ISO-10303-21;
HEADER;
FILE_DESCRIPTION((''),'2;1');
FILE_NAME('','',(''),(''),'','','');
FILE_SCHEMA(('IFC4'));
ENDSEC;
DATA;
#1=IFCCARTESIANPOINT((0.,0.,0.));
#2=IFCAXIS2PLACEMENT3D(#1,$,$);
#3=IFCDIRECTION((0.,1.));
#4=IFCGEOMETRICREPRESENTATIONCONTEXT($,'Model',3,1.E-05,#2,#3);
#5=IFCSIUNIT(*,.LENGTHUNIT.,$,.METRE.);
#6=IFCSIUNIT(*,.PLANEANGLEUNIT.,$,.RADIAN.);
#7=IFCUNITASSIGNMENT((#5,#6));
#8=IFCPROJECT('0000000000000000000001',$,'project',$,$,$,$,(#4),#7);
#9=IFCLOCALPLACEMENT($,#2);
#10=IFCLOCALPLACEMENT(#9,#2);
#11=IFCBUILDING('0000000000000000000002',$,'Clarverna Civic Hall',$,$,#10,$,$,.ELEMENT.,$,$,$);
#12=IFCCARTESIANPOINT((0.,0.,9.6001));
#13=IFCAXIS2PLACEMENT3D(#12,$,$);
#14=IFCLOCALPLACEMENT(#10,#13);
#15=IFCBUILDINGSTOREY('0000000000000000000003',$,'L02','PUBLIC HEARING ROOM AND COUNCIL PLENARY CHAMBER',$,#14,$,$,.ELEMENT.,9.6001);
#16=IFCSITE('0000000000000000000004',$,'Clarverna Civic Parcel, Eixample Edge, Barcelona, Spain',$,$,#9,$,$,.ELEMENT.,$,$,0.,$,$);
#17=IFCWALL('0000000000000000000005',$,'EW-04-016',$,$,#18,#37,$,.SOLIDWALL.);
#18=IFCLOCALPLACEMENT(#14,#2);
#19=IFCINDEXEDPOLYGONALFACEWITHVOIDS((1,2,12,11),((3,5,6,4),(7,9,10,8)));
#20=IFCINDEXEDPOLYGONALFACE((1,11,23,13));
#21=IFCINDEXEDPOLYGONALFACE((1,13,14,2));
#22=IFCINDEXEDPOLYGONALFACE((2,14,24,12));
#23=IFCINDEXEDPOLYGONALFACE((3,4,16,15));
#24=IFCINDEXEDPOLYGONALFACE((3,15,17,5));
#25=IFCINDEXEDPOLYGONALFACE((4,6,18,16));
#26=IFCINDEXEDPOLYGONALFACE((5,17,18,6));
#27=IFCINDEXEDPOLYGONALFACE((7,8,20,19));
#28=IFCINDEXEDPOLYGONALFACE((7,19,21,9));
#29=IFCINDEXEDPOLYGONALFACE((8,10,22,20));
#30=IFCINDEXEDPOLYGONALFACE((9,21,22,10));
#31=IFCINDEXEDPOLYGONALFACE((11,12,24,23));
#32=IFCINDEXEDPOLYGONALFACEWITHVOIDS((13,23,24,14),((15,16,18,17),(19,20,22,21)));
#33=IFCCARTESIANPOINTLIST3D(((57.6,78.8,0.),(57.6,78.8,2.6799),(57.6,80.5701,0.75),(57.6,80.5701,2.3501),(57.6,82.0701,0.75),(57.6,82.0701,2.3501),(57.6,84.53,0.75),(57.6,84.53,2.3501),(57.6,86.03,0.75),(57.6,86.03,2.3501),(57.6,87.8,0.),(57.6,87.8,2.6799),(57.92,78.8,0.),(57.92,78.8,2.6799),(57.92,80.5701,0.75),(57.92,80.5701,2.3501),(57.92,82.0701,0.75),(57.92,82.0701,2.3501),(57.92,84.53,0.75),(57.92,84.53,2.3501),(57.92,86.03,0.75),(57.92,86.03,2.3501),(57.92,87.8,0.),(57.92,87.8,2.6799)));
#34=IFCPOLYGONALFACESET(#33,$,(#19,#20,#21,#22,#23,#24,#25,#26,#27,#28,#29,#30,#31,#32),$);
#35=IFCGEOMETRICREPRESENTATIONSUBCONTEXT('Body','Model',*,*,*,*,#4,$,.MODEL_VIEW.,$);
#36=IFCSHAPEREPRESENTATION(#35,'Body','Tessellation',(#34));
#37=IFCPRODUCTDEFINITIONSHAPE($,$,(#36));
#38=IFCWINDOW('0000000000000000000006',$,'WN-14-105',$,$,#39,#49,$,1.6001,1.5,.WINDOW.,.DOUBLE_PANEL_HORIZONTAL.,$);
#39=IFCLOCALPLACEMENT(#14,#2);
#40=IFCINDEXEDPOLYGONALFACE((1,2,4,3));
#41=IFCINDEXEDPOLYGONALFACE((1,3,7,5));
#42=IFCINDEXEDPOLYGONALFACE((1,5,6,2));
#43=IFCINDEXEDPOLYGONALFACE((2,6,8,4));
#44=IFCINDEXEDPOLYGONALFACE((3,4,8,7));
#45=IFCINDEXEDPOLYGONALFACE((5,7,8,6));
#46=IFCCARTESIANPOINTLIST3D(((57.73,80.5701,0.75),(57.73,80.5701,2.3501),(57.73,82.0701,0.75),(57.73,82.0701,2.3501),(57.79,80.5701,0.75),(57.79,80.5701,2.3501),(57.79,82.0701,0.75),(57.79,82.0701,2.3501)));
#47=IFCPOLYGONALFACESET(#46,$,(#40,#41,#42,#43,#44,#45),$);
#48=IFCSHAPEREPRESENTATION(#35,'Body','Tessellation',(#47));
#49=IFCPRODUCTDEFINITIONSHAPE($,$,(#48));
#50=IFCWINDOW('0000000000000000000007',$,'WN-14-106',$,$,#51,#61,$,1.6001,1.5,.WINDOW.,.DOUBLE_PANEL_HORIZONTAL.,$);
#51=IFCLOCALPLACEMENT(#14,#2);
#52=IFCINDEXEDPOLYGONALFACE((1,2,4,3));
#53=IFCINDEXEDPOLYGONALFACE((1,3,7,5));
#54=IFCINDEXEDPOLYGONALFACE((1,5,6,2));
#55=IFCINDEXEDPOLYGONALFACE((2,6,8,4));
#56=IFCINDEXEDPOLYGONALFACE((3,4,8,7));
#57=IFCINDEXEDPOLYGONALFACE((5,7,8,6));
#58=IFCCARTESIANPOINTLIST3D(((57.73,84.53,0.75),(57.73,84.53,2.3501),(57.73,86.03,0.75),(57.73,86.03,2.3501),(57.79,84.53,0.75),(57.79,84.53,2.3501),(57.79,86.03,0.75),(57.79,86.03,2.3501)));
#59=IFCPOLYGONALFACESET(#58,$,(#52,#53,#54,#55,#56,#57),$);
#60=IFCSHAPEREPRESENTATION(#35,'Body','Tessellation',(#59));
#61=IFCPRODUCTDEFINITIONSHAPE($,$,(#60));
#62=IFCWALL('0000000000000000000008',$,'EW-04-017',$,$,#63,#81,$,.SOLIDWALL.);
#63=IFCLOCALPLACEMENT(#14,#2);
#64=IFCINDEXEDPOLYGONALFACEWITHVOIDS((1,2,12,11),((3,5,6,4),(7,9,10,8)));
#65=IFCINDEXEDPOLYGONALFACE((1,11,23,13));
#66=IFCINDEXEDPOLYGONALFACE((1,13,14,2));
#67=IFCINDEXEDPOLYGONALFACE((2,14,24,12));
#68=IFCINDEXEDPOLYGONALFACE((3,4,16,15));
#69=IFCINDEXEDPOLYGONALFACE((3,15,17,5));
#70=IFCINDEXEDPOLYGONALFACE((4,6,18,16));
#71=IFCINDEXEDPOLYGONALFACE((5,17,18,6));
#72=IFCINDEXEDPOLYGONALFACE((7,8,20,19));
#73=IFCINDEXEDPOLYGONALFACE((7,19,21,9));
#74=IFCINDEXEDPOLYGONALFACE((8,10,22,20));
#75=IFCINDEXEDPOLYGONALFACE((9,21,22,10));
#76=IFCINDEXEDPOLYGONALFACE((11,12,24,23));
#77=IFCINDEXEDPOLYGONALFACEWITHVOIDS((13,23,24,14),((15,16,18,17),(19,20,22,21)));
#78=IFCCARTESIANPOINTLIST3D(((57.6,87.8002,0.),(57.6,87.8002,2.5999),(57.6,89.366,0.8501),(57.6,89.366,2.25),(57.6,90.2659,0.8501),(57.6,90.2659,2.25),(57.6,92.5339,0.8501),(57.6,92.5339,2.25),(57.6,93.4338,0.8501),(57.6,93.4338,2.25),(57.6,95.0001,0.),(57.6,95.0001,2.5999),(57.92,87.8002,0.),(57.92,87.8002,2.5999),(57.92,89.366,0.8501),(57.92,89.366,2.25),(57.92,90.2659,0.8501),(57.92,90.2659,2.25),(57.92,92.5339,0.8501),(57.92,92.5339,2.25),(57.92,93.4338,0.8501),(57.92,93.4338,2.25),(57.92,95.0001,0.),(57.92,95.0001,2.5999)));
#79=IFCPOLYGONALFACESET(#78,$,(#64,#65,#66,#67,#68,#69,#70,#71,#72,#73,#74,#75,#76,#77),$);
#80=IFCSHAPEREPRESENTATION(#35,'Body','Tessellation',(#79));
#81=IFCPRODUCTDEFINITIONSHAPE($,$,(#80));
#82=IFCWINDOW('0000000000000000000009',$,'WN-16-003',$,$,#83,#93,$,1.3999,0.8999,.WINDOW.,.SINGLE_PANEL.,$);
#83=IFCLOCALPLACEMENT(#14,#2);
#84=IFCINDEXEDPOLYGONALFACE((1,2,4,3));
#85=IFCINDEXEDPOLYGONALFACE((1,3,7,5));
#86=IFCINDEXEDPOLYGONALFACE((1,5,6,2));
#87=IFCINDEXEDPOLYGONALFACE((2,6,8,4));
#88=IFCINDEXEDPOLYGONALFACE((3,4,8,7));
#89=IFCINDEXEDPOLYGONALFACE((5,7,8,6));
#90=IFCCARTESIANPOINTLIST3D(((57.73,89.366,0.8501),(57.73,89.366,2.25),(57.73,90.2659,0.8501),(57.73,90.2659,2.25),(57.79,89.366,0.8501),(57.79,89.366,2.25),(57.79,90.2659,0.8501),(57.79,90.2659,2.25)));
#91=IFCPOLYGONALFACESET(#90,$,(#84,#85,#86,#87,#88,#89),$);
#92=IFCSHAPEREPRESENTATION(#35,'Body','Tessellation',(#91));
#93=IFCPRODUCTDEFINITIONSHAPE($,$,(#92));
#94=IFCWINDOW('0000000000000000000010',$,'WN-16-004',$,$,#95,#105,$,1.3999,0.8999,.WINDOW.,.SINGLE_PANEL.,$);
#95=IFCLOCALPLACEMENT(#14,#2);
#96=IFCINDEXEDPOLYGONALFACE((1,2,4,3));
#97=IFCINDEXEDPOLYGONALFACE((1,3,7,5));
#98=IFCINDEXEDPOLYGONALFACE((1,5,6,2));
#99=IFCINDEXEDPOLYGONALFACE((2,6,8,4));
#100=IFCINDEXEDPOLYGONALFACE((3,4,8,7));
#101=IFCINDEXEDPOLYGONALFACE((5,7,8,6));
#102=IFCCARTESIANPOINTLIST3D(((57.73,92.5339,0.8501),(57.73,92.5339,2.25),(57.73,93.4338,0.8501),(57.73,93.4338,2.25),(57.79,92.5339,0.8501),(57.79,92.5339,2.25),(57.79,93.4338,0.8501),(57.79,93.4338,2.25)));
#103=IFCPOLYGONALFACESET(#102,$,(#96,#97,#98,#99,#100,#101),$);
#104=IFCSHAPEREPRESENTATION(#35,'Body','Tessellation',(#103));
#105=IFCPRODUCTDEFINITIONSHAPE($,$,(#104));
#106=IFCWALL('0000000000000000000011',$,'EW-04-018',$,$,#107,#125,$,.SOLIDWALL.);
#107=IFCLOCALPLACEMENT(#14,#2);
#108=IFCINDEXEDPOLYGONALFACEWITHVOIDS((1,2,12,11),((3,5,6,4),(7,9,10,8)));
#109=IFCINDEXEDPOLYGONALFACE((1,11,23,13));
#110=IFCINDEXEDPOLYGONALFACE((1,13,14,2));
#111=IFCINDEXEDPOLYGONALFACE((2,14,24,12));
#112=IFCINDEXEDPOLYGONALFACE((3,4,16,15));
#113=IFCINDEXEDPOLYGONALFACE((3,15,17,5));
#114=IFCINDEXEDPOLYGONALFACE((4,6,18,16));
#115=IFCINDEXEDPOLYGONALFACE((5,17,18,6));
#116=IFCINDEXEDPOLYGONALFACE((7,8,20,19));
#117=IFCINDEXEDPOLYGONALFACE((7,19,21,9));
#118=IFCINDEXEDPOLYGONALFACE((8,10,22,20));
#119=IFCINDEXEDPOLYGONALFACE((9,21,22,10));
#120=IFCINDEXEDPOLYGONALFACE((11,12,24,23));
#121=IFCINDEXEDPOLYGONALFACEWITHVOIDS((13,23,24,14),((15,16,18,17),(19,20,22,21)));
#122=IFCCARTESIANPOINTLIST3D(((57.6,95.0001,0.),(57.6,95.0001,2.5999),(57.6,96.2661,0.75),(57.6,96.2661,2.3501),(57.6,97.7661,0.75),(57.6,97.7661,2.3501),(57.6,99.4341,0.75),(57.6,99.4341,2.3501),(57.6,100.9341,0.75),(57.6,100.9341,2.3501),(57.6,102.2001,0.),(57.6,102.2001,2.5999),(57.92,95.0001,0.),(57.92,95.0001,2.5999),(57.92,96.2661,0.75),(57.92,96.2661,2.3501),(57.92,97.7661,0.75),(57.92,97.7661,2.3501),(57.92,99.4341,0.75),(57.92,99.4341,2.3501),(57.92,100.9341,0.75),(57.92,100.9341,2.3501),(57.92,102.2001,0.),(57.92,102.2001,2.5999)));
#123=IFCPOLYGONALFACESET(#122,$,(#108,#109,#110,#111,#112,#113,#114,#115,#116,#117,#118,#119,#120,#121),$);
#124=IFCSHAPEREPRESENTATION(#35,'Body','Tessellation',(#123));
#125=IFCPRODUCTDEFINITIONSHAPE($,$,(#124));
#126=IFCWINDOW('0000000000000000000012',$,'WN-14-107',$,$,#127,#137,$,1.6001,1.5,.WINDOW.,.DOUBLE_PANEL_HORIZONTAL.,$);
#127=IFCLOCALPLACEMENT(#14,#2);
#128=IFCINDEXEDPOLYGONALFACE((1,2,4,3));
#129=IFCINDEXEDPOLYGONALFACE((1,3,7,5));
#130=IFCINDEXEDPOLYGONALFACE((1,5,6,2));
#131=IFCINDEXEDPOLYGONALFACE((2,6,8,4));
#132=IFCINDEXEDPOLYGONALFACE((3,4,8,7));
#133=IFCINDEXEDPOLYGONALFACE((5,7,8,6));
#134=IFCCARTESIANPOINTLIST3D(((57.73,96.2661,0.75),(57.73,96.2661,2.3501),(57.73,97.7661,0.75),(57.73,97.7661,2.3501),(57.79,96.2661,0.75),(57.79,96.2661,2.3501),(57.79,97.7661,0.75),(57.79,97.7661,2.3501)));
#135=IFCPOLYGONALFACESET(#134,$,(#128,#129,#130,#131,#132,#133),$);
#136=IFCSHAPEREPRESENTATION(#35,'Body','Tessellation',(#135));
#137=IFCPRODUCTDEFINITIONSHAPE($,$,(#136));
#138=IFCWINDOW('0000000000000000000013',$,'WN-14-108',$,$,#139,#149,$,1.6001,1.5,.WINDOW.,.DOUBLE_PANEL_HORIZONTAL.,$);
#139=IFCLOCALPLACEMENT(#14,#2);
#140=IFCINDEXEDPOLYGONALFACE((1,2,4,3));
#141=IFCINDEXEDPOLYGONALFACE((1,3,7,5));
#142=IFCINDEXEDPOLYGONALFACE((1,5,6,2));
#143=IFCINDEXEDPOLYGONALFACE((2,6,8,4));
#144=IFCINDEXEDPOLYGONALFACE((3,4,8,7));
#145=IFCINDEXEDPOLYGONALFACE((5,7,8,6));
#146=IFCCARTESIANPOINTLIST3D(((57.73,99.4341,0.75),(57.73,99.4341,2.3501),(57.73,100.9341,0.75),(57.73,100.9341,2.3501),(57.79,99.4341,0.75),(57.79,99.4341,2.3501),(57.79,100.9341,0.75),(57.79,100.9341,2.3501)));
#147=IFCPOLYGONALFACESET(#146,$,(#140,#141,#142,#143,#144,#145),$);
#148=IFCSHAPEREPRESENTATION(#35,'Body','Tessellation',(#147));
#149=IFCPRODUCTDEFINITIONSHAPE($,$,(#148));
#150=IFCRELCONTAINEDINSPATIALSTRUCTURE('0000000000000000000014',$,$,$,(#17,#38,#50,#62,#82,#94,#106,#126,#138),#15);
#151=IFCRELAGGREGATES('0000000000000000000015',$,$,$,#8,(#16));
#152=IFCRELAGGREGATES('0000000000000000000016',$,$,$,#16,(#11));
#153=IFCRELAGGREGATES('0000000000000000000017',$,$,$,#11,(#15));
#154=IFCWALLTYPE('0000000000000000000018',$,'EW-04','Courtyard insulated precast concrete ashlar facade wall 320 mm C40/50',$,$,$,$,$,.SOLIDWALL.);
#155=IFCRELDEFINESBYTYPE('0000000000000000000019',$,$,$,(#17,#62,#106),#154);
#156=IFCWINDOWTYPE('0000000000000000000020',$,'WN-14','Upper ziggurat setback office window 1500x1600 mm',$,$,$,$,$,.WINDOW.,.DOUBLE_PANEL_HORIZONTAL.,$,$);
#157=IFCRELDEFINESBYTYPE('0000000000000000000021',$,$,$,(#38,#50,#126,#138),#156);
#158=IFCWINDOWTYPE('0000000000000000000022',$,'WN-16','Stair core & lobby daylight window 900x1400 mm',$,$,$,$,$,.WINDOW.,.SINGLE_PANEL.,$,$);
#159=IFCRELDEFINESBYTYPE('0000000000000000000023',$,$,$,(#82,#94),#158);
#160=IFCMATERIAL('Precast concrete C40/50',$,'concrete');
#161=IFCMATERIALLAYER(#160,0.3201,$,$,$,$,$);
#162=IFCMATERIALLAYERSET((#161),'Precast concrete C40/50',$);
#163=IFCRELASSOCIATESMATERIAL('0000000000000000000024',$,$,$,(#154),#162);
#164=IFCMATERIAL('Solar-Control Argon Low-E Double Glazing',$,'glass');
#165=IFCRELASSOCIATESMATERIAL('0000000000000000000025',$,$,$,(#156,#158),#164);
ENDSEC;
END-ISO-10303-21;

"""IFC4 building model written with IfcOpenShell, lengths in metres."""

from ifc_helpers import new_model, si_unit, direction, frame, frame_2d, origin, place, context, subcontext, project, spatial, rectangle, extrude, material, layer, layer_set, type_object, element, fill, save


model = new_model("IFC4")

# Units and contexts
model_context = context("Model", 3, precision=1e-05, world=origin(), true_north=direction((0.0, 1.0)))
body_context = subcontext(model_context, "Body", "Model", "MODEL_VIEW")
ifc_project = project(units=[si_unit("LENGTHUNIT", "METRE"), si_unit("PLANEANGLEUNIT", "RADIAN")], contexts=[model_context])

# Site, building, storey
site_placement = place(None, origin())
site = spatial("IfcSite", under=ifc_project, at=site_placement, Name="Clarverna Civic Parcel, Eixample Edge, Barcelona, Spain", CompositionType="ELEMENT", RefElevation=0.0)
building_placement = place(site_placement, origin())
building = spatial("IfcBuilding", under=site, at=building_placement, Name="Clarverna Civic Hall", CompositionType="ELEMENT")
storey_placement = place(building_placement, frame((0.0, 0.0, 9.6001)))
storey = spatial("IfcBuildingStorey", under=building, at=storey_placement, Name="L02", Description="PUBLIC HEARING ROOM AND COUNCIL PLENARY CHAMBER", CompositionType="ELEMENT", Elevation=9.6001)

# Walls, openings, windows
ifc_material_1 = material(Name="Precast concrete C40/50", Category="concrete")
ifc_layer = layer(ifc_material_1, 0.3201)
ifc_layer_set = layer_set([ifc_layer], Name="Precast concrete C40/50")
wall_type = type_object("IfcWallType", Name="EW-04", Description="Courtyard insulated precast concrete ashlar facade wall 320 mm C40/50", PredefinedType="SOLIDWALL", material=ifc_layer_set)
wall_1_placement = place(storey_placement, frame((57.76, 78.8, 0.0), z_axis=(0.0, 0.0, 1.0), x_axis=(0.0, 1.0, 0.0)))
wall_1 = element("IfcWall", 1, at=wall_1_placement, inside=storey, type_object=wall_type, Name="EW-04-016", PredefinedType="SOLIDWALL", context=body_context, shape_type="SweptSolid", body=[
    extrude(rectangle(XDim=9.0, YDim=0.3201, at=frame_2d((4.5, 0.0))), origin(), (0.0, 0.0, 1.0), 2.6799),
])
opening_1_placement = place(wall_1_placement, frame((1.77, 0.0, 0.75)))
opening_1 = element("IfcOpeningElement", 2, at=opening_1_placement, cuts=wall_1, PredefinedType="OPENING", context=body_context, shape_type="SweptSolid", body=[
    extrude(rectangle(XDim=1.5, YDim=1.6001, at=frame_2d((0.75, 0.8))), frame((0.0, 0.1699, 0.0), z_axis=(0.0, -1.0, 0.0), x_axis=(1.0, 0.0, 0.0)), (0.0, 0.0, 1.0), 0.3401),
])
opening_2_placement = place(wall_1_placement, frame((5.73, 0.0, 0.75)))
opening_2 = element("IfcOpeningElement", 3, at=opening_2_placement, cuts=wall_1, PredefinedType="OPENING", context=body_context, shape_type="SweptSolid", body=[
    extrude(rectangle(XDim=1.5, YDim=1.6001, at=frame_2d((0.75, 0.8))), frame((0.0, 0.1699, 0.0), z_axis=(0.0, -1.0, 0.0), x_axis=(1.0, 0.0, 0.0)), (0.0, 0.0, 1.0), 0.3401),
])
ifc_material_2 = material(Name="Solar-Control Argon Low-E Double Glazing", Category="glass")
window_type_1 = type_object("IfcWindowType", Name="WN-14", Description="Upper ziggurat setback office window 1500x1600 mm", PartitioningType="DOUBLE_PANEL_HORIZONTAL", PredefinedType="WINDOW", material=ifc_material_2)
window_1_placement = place(opening_1_placement, origin())
window_1 = element("IfcWindow", 4, at=window_1_placement, inside=storey, type_object=window_type_1, Name="WN-14-105", OverallHeight=1.6001, OverallWidth=1.5, PartitioningType="DOUBLE_PANEL_HORIZONTAL", PredefinedType="WINDOW", context=body_context, shape_type="SweptSolid", body=[
    extrude(rectangle(XDim=1.5, YDim=1.6001, at=frame_2d((0.75, 0.8))), frame((0.0, 0.03, 0.0), z_axis=(0.0, -1.0, 0.0), x_axis=(1.0, 0.0, 0.0)), (0.0, 0.0, 1.0), 0.0601),
])
fill(opening_1, window_1)
window_2_placement = place(opening_2_placement, origin())
window_2 = element("IfcWindow", 5, at=window_2_placement, inside=storey, type_object=window_type_1, Name="WN-14-106", OverallHeight=1.6001, OverallWidth=1.5, PartitioningType="DOUBLE_PANEL_HORIZONTAL", PredefinedType="WINDOW", context=body_context, shape_type="SweptSolid", body=[
    extrude(rectangle(XDim=1.5, YDim=1.6001, at=frame_2d((0.75, 0.8))), frame((0.0, 0.03, 0.0), z_axis=(0.0, -1.0, 0.0), x_axis=(1.0, 0.0, 0.0)), (0.0, 0.0, 1.0), 0.0601),
])
fill(opening_2, window_2)
wall_2_placement = place(storey_placement, frame((57.76, 87.8, 0.0), z_axis=(0.0, 0.0, 1.0), x_axis=(0.0, 1.0, 0.0)))
wall_2 = element("IfcWall", 6, at=wall_2_placement, inside=storey, type_object=wall_type, Name="EW-04-017", PredefinedType="SOLIDWALL", context=body_context, shape_type="SweptSolid", body=[
    extrude(rectangle(XDim=7.2, YDim=0.3201, at=frame_2d((3.6001, 0.0))), origin(), (0.0, 0.0, 1.0), 2.5999),
])
opening_3_placement = place(wall_2_placement, frame((1.5659, 0.0, 0.8501)))
opening_3 = element("IfcOpeningElement", 7, at=opening_3_placement, cuts=wall_2, PredefinedType="OPENING", context=body_context, shape_type="SweptSolid", body=[
    extrude(rectangle(XDim=0.8999, YDim=1.3999, at=frame_2d((0.45, 0.7))), frame((0.0, 0.1699, 0.0), z_axis=(0.0, -1.0, 0.0), x_axis=(1.0, 0.0, 0.0)), (0.0, 0.0, 1.0), 0.3401),
])
opening_4_placement = place(wall_2_placement, frame((4.7339, 0.0, 0.8501)))
opening_4 = element("IfcOpeningElement", 8, at=opening_4_placement, cuts=wall_2, PredefinedType="OPENING", context=body_context, shape_type="SweptSolid", body=[
    extrude(rectangle(XDim=0.8999, YDim=1.3999, at=frame_2d((0.45, 0.7))), frame((0.0, 0.1699, 0.0), z_axis=(0.0, -1.0, 0.0), x_axis=(1.0, 0.0, 0.0)), (0.0, 0.0, 1.0), 0.3401),
])
window_type_2 = type_object("IfcWindowType", Name="WN-16", Description="Stair core & lobby daylight window 900x1400 mm", PartitioningType="SINGLE_PANEL", PredefinedType="WINDOW", material=ifc_material_2)
window_3_placement = place(opening_3_placement, origin())
window_3 = element("IfcWindow", 9, at=window_3_placement, inside=storey, type_object=window_type_2, Name="WN-16-003", OverallHeight=1.3999, OverallWidth=0.8999, PartitioningType="SINGLE_PANEL", PredefinedType="WINDOW", context=body_context, shape_type="SweptSolid", body=[
    extrude(rectangle(XDim=0.8999, YDim=1.3999, at=frame_2d((0.45, 0.7))), frame((0.0, 0.03, 0.0), z_axis=(0.0, -1.0, 0.0), x_axis=(1.0, 0.0, 0.0)), (0.0, 0.0, 1.0), 0.0601),
])
fill(opening_3, window_3)
window_4_placement = place(opening_4_placement, origin())
window_4 = element("IfcWindow", 10, at=window_4_placement, inside=storey, type_object=window_type_2, Name="WN-16-004", OverallHeight=1.3999, OverallWidth=0.8999, PartitioningType="SINGLE_PANEL", PredefinedType="WINDOW", context=body_context, shape_type="SweptSolid", body=[
    extrude(rectangle(XDim=0.8999, YDim=1.3999, at=frame_2d((0.45, 0.7))), frame((0.0, 0.03, 0.0), z_axis=(0.0, -1.0, 0.0), x_axis=(1.0, 0.0, 0.0)), (0.0, 0.0, 1.0), 0.0601),
])
fill(opening_4, window_4)
wall_3_placement = place(storey_placement, frame((57.76, 95.0, 0.0), z_axis=(0.0, 0.0, 1.0), x_axis=(0.0, 1.0, 0.0)))
wall_3 = element("IfcWall", 11, at=wall_3_placement, inside=storey, type_object=wall_type, Name="EW-04-018", PredefinedType="SOLIDWALL", context=body_context, shape_type="SweptSolid", body=[
    extrude(rectangle(XDim=7.2, YDim=0.3201, at=frame_2d((3.6001, 0.0))), origin(), (0.0, 0.0, 1.0), 2.5999),
])
opening_5_placement = place(wall_3_placement, frame((1.2661, 0.0, 0.75)))
opening_5 = element("IfcOpeningElement", 12, at=opening_5_placement, cuts=wall_3, PredefinedType="OPENING", context=body_context, shape_type="SweptSolid", body=[
    extrude(rectangle(XDim=1.5, YDim=1.6001, at=frame_2d((0.75, 0.8))), frame((0.0, 0.1699, 0.0), z_axis=(0.0, -1.0, 0.0), x_axis=(1.0, 0.0, 0.0)), (0.0, 0.0, 1.0), 0.3401),
])
opening_6_placement = place(wall_3_placement, frame((4.4341, 0.0, 0.75)))
opening_6 = element("IfcOpeningElement", 13, at=opening_6_placement, cuts=wall_3, PredefinedType="OPENING", context=body_context, shape_type="SweptSolid", body=[
    extrude(rectangle(XDim=1.5, YDim=1.6001, at=frame_2d((0.75, 0.8))), frame((0.0, 0.1699, 0.0), z_axis=(0.0, -1.0, 0.0), x_axis=(1.0, 0.0, 0.0)), (0.0, 0.0, 1.0), 0.3401),
])
window_5_placement = place(opening_5_placement, origin())
window_5 = element("IfcWindow", 14, at=window_5_placement, inside=storey, type_object=window_type_1, Name="WN-14-107", OverallHeight=1.6001, OverallWidth=1.5, PartitioningType="DOUBLE_PANEL_HORIZONTAL", PredefinedType="WINDOW", context=body_context, shape_type="SweptSolid", body=[
    extrude(rectangle(XDim=1.5, YDim=1.6001, at=frame_2d((0.75, 0.8))), frame((0.0, 0.03, 0.0), z_axis=(0.0, -1.0, 0.0), x_axis=(1.0, 0.0, 0.0)), (0.0, 0.0, 1.0), 0.0601),
])
fill(opening_5, window_5)
window_6_placement = place(opening_6_placement, origin())
window_6 = element("IfcWindow", 15, at=window_6_placement, inside=storey, type_object=window_type_1, Name="WN-14-108", OverallHeight=1.6001, OverallWidth=1.5, PartitioningType="DOUBLE_PANEL_HORIZONTAL", PredefinedType="WINDOW", context=body_context, shape_type="SweptSolid", body=[
    extrude(rectangle(XDim=1.5, YDim=1.6001, at=frame_2d((0.75, 0.8))), frame((0.0, 0.03, 0.0), z_axis=(0.0, -1.0, 0.0), x_axis=(1.0, 0.0, 0.0)), (0.0, 0.0, 1.0), 0.0601),
])
fill(opening_6, window_6)

save(model, "model.ifc")
